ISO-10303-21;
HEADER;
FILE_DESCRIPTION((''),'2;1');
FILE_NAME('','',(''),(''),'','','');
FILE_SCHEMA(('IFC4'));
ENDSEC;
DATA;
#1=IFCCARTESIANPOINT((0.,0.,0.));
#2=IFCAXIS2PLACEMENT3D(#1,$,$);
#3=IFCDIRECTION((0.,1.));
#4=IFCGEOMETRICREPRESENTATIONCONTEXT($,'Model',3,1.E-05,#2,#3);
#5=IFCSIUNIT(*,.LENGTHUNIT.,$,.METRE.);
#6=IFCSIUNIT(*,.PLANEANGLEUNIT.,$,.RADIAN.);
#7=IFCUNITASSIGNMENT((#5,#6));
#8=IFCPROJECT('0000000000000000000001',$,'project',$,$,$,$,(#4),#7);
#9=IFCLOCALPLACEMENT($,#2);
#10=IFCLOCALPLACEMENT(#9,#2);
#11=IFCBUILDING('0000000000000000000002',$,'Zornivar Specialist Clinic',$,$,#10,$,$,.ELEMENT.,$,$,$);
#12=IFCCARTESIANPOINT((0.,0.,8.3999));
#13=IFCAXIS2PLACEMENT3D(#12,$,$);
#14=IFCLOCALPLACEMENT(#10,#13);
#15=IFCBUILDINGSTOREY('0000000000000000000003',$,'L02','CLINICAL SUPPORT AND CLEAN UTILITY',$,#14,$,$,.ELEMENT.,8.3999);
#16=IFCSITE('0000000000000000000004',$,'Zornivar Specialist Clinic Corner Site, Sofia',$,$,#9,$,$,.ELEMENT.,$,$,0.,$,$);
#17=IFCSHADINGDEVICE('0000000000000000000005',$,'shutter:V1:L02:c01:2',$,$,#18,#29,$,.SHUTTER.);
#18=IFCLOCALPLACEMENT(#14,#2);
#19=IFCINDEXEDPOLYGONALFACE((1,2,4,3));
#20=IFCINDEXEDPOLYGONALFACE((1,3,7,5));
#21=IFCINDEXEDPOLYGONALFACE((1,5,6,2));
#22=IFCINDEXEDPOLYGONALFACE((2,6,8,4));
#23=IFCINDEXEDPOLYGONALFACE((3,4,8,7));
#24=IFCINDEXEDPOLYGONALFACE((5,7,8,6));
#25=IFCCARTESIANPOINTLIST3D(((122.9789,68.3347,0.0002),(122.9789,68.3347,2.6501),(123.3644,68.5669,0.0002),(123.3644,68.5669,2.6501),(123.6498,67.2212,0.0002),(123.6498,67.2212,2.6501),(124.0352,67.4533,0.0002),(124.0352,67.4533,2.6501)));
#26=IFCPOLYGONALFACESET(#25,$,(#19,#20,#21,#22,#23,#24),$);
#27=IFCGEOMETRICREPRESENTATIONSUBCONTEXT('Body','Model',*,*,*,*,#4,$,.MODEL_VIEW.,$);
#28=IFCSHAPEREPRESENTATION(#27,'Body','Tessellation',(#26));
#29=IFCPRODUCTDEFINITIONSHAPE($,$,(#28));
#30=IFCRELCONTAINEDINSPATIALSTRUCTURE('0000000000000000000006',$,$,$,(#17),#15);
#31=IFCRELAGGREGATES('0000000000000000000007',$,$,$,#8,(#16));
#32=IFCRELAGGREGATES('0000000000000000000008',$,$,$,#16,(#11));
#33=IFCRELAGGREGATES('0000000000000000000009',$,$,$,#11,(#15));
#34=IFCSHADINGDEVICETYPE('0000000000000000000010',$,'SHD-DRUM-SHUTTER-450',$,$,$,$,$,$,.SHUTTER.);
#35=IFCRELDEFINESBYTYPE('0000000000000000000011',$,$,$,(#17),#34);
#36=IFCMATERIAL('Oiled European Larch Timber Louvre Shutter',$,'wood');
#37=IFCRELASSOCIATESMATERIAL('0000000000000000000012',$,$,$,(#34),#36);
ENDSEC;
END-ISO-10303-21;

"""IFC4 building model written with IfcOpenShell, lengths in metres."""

from ifc_helpers import new_model, si_unit, direction, frame, origin, origin_2d, place, context, subcontext, project, spatial, rectangle, extrude, material, type_object, element, save


model = new_model("IFC4")

# Units and contexts
model_context = context("Model", 3, precision=1e-05, world=origin(), true_north=direction((0.0, 1.0)))
body_context = subcontext(model_context, "Body", "Model", "MODEL_VIEW")
ifc_project = project(units=[si_unit("LENGTHUNIT", "METRE"), si_unit("PLANEANGLEUNIT", "RADIAN")], contexts=[model_context])

# Site, building, storey
site_placement = place(None, origin())
site = spatial("IfcSite", under=ifc_project, at=site_placement, Name="Zornivar Specialist Clinic Corner Site, Sofia", CompositionType="ELEMENT", RefElevation=0.0)
building_placement = place(site_placement, origin())
building = spatial("IfcBuilding", under=site, at=building_placement, Name="Zornivar Specialist Clinic", CompositionType="ELEMENT")
storey_placement = place(building_placement, frame((0.0, 0.0, 8.3999)))
storey = spatial("IfcBuildingStorey", under=building, at=storey_placement, Name="L02", Description="CLINICAL SUPPORT AND CLEAN UTILITY", CompositionType="ELEMENT", Elevation=8.3999)

# Shading device
ifc_material_1 = material(Name="Oiled European Larch Timber Louvre Shutter", Category="wood")
shading_device_type = type_object("IfcShadingDeviceType", Name="SHD-DRUM-SHUTTER-450", PredefinedType="SHUTTER", material=ifc_material_1)
for number, where, z_axis, x_axis, name in (
    (1, (123.5071, 67.894, 0.0002), (0.0, 0.0, 1.0), (-0.516018, 0.856578, 0.0), "shutter:V1:L02:c01:2"),
):
    element("IfcShadingDevice", number, at=place(storey_placement, frame(where, z_axis=z_axis, x_axis=x_axis)), inside=storey, type_object=shading_device_type, Name=name, PredefinedType="SHUTTER", context=body_context, shape_type="SweptSolid", body=[
        extrude(rectangle(XDim=1.3, YDim=0.45, at=origin_2d()), origin(), (0.0, 0.0, 1.0), 2.6499),
    ])

save(model, "model.ifc")
